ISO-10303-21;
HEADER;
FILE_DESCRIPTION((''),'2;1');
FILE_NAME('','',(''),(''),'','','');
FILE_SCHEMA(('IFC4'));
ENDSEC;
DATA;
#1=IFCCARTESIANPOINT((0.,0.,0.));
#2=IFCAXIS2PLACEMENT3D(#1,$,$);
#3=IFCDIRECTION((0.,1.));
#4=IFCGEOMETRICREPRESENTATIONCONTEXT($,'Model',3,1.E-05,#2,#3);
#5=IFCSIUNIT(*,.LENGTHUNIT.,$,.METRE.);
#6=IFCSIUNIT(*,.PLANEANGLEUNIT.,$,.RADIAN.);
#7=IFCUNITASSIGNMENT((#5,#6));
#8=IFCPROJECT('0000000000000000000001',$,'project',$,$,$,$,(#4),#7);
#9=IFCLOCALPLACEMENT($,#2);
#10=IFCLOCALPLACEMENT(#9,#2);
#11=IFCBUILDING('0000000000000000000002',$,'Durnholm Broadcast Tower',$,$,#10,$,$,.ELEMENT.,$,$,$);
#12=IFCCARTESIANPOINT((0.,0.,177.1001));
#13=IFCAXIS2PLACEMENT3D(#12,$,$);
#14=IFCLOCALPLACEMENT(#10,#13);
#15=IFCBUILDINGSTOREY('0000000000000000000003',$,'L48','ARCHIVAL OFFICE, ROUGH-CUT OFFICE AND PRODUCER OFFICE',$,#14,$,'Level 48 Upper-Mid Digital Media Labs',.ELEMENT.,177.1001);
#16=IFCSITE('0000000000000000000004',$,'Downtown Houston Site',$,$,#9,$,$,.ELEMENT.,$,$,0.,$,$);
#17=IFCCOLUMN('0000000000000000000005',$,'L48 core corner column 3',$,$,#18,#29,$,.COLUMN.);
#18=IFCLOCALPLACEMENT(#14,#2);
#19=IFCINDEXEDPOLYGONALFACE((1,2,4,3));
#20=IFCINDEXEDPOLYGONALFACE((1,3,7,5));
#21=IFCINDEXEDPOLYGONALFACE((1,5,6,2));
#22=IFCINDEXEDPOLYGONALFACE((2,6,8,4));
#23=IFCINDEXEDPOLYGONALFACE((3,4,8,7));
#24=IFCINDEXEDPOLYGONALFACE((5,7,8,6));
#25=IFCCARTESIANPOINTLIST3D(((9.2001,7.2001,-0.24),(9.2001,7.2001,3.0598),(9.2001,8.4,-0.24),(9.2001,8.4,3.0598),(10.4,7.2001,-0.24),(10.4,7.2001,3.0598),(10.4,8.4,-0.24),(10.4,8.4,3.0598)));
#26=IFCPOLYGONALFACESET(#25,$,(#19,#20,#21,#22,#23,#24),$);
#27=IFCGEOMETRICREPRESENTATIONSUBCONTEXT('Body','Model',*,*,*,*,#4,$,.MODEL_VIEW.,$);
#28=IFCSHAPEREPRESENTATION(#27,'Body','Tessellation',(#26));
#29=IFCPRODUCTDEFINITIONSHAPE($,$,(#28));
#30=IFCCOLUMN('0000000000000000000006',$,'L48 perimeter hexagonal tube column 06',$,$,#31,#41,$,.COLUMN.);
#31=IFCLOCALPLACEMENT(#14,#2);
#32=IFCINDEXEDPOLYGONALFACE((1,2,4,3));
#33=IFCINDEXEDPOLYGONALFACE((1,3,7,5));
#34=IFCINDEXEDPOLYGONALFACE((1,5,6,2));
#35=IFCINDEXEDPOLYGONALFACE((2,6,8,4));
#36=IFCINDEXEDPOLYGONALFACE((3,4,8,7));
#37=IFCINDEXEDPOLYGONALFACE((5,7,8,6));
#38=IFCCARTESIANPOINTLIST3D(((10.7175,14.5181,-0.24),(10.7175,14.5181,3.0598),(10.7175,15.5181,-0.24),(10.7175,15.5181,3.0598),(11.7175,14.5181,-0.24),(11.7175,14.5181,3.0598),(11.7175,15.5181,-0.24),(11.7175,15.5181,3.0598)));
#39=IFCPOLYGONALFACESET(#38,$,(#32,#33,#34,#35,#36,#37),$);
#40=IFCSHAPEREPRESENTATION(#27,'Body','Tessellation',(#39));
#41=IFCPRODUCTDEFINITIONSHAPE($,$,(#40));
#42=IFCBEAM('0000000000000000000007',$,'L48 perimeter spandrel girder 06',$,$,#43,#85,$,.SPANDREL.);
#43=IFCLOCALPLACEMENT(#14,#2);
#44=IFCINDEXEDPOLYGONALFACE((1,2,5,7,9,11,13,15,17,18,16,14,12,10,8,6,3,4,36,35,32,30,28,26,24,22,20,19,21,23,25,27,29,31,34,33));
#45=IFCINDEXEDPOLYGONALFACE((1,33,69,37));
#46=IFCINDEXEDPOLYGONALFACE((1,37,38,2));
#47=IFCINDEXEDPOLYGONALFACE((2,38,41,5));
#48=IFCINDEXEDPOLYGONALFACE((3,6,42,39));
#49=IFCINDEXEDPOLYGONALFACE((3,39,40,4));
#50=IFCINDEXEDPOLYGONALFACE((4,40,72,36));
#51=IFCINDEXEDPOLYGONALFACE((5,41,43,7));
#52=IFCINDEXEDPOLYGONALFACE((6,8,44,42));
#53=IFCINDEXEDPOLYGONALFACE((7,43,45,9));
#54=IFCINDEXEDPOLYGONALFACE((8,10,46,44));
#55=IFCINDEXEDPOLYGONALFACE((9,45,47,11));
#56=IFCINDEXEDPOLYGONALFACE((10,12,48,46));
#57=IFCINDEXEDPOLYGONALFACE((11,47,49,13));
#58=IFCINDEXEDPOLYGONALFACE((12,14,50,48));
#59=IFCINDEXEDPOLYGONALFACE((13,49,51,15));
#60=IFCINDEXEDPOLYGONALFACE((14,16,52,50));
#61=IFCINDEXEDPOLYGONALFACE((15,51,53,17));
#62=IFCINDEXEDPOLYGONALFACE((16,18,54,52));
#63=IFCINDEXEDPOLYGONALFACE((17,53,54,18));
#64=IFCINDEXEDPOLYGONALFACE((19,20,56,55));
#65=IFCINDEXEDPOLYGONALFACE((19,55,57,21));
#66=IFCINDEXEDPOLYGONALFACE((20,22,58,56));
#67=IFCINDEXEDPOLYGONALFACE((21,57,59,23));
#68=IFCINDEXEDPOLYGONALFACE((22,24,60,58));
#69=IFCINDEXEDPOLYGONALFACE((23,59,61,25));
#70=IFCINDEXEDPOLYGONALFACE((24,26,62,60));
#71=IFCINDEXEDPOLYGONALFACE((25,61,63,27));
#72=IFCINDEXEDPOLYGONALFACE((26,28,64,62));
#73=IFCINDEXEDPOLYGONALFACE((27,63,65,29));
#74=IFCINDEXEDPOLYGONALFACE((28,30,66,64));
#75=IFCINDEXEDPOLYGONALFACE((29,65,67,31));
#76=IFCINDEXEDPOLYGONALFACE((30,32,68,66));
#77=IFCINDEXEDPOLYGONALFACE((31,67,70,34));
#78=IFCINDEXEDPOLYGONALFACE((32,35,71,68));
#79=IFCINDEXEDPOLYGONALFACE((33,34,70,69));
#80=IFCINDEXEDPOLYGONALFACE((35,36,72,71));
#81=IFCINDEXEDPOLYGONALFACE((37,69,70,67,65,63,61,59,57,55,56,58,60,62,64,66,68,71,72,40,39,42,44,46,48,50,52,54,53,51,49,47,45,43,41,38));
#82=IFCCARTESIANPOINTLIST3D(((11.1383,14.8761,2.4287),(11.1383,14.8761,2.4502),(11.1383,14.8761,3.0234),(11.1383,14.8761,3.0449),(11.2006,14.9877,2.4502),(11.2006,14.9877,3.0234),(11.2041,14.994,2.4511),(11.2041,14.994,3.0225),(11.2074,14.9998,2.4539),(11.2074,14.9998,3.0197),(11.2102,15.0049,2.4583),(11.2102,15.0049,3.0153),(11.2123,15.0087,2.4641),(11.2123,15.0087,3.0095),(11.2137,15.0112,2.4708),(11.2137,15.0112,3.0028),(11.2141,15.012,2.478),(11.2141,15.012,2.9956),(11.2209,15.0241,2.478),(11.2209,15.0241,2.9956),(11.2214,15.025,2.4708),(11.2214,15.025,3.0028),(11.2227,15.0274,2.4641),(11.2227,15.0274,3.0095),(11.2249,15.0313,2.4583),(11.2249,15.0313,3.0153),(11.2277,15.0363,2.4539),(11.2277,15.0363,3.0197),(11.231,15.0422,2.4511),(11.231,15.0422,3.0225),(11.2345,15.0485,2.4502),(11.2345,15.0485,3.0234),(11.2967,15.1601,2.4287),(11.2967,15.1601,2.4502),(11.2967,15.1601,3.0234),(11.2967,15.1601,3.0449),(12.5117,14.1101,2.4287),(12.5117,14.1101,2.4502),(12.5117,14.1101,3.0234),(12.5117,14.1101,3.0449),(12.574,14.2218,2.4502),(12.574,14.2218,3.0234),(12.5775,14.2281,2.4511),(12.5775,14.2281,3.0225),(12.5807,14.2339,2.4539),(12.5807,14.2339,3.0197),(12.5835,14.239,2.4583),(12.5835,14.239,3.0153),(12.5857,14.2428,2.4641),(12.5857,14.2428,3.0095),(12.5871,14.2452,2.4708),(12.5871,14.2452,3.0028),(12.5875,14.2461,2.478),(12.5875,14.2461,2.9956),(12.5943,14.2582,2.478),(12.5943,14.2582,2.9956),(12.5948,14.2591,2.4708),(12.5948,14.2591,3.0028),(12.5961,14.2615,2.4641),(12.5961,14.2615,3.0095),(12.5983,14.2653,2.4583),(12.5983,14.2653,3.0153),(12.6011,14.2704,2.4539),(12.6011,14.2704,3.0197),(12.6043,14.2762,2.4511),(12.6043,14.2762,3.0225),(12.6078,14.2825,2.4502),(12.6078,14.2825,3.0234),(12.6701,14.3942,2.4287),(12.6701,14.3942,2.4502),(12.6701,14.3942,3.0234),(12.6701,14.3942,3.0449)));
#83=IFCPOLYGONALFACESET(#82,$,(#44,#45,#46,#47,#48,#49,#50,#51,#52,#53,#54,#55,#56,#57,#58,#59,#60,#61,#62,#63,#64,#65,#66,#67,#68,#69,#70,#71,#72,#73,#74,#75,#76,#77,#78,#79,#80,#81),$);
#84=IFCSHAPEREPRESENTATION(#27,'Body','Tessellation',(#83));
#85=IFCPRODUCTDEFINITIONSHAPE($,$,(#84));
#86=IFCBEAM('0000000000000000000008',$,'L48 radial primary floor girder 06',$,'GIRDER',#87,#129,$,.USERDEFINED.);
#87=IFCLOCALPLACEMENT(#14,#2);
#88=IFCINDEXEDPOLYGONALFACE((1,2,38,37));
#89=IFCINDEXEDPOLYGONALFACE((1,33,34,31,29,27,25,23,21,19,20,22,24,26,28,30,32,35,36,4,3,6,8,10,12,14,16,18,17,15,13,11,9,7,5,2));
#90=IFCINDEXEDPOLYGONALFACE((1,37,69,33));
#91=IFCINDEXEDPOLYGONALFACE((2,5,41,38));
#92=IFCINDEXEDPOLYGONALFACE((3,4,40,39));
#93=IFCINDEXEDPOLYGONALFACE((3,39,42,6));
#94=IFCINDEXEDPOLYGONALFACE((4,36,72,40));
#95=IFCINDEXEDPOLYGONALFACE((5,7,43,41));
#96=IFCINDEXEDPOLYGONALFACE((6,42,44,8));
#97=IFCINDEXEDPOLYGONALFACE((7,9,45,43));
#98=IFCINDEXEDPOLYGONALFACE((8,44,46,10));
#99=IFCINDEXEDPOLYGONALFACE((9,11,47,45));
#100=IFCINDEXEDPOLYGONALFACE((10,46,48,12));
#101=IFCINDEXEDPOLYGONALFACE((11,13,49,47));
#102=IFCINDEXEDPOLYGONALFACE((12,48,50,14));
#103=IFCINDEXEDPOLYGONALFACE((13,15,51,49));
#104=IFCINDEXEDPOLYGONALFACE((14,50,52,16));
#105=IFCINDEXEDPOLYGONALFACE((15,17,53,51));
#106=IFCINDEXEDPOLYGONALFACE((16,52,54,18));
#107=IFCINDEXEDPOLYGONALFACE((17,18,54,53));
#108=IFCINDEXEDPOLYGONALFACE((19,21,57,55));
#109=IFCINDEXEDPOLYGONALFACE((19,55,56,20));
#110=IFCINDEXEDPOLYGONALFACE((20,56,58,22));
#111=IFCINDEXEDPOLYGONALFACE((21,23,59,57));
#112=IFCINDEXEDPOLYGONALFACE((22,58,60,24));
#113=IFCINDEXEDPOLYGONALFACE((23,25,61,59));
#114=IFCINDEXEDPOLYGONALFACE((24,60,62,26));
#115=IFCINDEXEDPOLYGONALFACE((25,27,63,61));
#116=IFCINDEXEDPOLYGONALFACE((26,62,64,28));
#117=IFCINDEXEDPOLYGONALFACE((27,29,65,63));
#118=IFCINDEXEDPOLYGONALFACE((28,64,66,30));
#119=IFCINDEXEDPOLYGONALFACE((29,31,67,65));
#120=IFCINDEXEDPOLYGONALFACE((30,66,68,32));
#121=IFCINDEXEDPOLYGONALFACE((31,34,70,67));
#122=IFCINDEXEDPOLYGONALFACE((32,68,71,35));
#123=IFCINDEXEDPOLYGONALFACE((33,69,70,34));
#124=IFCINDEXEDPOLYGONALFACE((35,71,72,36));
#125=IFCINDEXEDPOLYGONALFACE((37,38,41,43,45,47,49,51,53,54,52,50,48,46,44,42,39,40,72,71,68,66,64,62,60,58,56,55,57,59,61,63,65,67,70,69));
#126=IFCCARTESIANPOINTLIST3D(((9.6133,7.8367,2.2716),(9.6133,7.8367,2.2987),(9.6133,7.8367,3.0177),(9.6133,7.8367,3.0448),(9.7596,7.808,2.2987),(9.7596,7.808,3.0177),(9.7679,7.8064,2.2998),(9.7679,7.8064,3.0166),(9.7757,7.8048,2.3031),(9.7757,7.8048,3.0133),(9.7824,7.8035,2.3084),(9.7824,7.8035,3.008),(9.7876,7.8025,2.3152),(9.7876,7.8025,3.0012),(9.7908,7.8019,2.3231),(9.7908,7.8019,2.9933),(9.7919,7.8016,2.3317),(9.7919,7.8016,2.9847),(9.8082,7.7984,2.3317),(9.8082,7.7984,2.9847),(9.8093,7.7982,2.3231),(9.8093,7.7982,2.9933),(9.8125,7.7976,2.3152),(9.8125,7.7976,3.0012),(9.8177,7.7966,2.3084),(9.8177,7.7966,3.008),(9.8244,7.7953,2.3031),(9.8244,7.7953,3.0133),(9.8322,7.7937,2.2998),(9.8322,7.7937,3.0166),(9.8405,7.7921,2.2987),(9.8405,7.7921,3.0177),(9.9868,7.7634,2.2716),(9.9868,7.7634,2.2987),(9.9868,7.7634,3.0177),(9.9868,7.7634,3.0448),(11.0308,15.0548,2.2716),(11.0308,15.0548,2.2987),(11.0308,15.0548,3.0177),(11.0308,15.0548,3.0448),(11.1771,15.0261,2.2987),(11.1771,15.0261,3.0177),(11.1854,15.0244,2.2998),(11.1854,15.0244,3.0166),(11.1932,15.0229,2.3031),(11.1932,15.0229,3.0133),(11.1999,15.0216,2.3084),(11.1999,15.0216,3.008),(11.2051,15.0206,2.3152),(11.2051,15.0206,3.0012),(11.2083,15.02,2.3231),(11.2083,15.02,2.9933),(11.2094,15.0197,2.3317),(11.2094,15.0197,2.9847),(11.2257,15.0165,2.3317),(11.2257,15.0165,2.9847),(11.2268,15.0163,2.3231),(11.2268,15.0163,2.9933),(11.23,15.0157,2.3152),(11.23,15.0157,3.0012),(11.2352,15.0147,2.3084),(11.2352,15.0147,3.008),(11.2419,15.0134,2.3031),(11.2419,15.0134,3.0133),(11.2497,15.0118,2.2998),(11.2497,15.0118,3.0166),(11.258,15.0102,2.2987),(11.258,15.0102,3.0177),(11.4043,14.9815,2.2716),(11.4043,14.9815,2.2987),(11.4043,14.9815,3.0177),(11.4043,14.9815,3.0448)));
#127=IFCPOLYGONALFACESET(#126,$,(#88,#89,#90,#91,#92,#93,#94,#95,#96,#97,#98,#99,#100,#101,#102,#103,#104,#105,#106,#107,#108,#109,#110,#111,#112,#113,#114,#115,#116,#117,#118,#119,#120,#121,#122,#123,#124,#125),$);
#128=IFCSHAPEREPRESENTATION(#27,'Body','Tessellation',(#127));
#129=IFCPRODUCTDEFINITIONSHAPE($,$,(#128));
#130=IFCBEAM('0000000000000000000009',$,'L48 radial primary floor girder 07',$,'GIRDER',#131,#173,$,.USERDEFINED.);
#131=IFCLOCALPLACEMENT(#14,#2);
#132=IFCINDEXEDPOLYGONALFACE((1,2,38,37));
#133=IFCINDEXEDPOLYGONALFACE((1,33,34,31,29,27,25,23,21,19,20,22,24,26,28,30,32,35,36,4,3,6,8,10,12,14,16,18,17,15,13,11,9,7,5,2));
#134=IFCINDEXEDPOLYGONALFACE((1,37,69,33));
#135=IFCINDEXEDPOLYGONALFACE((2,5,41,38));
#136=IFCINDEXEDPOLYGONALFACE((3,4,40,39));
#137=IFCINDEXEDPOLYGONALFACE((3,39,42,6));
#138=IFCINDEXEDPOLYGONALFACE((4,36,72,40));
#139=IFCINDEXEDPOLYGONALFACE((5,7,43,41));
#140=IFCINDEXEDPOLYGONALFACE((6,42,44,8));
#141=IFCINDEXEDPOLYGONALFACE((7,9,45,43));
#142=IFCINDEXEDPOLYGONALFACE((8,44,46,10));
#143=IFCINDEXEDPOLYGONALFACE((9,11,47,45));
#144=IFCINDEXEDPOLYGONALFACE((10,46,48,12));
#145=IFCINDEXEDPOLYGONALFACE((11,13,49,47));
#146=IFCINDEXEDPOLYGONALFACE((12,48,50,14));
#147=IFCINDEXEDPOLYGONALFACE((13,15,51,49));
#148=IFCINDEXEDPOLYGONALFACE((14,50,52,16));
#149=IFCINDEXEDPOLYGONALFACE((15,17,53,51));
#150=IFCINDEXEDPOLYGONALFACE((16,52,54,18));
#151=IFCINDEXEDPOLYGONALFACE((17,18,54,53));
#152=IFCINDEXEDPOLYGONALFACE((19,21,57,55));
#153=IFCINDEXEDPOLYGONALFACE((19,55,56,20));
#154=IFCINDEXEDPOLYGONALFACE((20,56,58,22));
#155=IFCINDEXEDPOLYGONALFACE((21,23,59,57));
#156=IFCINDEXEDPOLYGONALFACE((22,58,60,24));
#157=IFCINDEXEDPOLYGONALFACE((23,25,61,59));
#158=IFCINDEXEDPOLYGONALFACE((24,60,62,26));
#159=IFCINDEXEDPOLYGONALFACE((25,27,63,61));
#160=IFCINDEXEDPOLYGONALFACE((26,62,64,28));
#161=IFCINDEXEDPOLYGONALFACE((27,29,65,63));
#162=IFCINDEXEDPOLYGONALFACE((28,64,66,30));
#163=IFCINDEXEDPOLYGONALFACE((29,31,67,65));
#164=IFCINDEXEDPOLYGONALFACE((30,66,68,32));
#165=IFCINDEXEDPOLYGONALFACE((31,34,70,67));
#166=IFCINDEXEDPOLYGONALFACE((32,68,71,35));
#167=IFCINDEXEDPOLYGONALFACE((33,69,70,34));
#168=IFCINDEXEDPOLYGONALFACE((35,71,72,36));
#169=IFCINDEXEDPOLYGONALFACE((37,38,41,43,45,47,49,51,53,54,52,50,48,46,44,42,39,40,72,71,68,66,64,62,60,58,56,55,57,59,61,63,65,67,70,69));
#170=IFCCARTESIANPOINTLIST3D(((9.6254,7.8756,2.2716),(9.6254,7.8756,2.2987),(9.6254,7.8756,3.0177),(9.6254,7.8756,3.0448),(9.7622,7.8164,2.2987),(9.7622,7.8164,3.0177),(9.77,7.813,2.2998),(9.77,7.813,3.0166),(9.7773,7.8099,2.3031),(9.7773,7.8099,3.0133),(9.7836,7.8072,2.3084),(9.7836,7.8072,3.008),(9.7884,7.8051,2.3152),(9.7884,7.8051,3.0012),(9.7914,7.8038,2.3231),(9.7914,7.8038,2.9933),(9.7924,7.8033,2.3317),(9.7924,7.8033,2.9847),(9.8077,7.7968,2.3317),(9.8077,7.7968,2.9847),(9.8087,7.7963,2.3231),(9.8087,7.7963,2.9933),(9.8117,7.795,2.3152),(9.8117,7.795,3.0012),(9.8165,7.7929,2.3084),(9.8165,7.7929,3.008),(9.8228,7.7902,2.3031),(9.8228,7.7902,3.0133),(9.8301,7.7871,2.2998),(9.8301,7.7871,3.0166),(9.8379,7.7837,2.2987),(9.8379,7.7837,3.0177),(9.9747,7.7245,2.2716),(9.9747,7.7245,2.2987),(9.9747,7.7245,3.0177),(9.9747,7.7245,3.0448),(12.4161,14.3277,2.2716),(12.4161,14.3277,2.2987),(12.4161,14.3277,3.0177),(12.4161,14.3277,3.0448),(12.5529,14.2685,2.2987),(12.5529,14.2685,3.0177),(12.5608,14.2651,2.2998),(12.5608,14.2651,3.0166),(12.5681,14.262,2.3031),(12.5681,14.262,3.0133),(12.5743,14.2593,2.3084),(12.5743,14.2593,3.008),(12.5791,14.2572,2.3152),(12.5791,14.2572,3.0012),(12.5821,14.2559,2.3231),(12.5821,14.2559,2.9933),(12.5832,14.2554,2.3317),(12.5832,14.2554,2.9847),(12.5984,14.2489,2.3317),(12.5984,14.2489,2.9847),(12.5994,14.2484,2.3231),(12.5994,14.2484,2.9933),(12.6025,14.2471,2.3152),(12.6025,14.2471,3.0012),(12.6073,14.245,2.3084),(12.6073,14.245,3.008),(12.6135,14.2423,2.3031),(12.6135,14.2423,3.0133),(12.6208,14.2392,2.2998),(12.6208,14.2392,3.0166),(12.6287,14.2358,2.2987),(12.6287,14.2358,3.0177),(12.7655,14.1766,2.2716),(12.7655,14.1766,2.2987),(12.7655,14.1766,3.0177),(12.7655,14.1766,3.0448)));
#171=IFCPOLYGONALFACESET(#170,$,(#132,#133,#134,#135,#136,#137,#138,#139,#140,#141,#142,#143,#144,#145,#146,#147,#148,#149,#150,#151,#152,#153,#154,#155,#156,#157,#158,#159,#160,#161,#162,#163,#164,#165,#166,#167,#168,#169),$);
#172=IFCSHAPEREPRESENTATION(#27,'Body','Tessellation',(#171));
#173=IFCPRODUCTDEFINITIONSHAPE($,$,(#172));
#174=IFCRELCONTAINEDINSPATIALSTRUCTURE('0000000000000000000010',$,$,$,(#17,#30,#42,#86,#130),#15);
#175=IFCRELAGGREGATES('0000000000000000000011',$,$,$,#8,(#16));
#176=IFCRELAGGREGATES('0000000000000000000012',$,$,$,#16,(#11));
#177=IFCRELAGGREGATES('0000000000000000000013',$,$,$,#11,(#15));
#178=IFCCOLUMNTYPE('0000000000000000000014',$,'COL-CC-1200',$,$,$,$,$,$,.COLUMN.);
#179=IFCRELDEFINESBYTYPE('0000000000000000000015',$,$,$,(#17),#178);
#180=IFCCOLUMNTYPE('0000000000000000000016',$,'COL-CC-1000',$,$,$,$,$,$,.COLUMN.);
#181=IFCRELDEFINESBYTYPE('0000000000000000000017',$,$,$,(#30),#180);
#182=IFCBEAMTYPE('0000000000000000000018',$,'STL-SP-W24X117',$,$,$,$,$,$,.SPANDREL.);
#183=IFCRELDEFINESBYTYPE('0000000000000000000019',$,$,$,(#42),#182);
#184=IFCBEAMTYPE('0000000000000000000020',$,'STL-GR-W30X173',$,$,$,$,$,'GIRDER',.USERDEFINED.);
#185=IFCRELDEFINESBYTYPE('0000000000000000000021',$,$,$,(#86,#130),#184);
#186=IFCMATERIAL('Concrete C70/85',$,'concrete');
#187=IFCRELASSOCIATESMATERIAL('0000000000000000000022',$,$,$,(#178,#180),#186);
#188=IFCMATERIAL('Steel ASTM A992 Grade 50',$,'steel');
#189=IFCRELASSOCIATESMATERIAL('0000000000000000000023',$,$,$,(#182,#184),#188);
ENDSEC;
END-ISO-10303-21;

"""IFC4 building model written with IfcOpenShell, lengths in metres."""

from ifc_helpers import new_model, si_unit, direction, frame, origin, origin_2d, place, context, subcontext, project, spatial, rectangle, i_section, extrude, source, transform, mapped, material, material_profile, profile_set, type_object, type_shapes, element, save


model = new_model("IFC4")

# Units and contexts
model_context = context("Model", 3, precision=1e-05, world=origin(), true_north=direction((0.0, 1.0)))
body_context = subcontext(model_context, "Body", "Model", "MODEL_VIEW")
ifc_project = project(units=[si_unit("LENGTHUNIT", "METRE"), si_unit("PLANEANGLEUNIT", "RADIAN")], contexts=[model_context])

# Site, building, storey
site_placement = place(None, origin())
site = spatial("IfcSite", under=ifc_project, at=site_placement, Name="Downtown Houston Site", CompositionType="ELEMENT", RefElevation=0.0)
building_placement = place(site_placement, origin())
building = spatial("IfcBuilding", under=site, at=building_placement, Name="Durnholm Broadcast Tower", CompositionType="ELEMENT")
storey_placement = place(building_placement, frame((0.0, 0.0, 177.1001)))
storey = spatial("IfcBuildingStorey", under=building, at=storey_placement, Name="L48", Description="ARCHIVAL OFFICE, ROUGH-CUT OFFICE AND PRODUCER OFFICE", LongName="Level 48 Upper-Mid Digital Media Labs", CompositionType="ELEMENT", Elevation=177.1001)

# Columns
ifc_material_1 = material(Name="Concrete C70/85", Category="concrete")
ifc_material_profile_1 = material_profile(ifc_material_1, rectangle(XDim=1.2, YDim=1.2, at=origin_2d()), Name="RC1200X1200")
ifc_profile_set_1 = profile_set([ifc_material_profile_1], Name="Concrete C70/85")
column_type_1 = type_object("IfcColumnType", Name="COL-CC-1200", PredefinedType="COLUMN", material=ifc_profile_set_1)
shared_shape_1 = source(origin(), body_context, "Body", "SweptSolid", [
    extrude(rectangle(XDim=1.2, YDim=1.2, at=origin_2d()), origin(), (0.0, 0.0, 1.0), 3.2998),
])
type_shapes(column_type_1, [shared_shape_1])
column_1_placement = place(storey_placement, frame((9.8, 7.8, -0.24), z_axis=(0.0, 0.0, 1.0), x_axis=(1.0, 0.0, 0.0)))
element("IfcColumn", 1, at=column_1_placement, inside=storey, type_object=column_type_1, Name="L48 core corner column 3", PredefinedType="COLUMN", context=body_context, shape_type="MappedRepresentation", body=[
    mapped(shared_shape_1, transform((0.0, 0.0, 0.0), x_axis=(1.0, 0.0, 0.0), y_axis=(0.0, 1.0, 0.0), z_axis=(0.0, 0.0, 1.0), scale=1.0)),
])
ifc_material_profile_2 = material_profile(ifc_material_1, rectangle(XDim=1.0, YDim=1.0, at=origin_2d()), Name="RC1000X1000")
ifc_profile_set_2 = profile_set([ifc_material_profile_2], Name="Concrete C70/85")
column_type_2 = type_object("IfcColumnType", Name="COL-CC-1000", PredefinedType="COLUMN", material=ifc_profile_set_2)
shared_shape_2 = source(origin(), body_context, "Body", "SweptSolid", [
    extrude(rectangle(XDim=1.0, YDim=1.0, at=origin_2d()), origin(), (0.0, 0.0, 1.0), 3.2998),
])
type_shapes(column_type_2, [shared_shape_2])
column_2_placement = place(storey_placement, frame((11.2175, 15.0181, -0.24), z_axis=(0.0, 0.0, 1.0), x_axis=(1.0, 0.0, 0.0)))
element("IfcColumn", 2, at=column_2_placement, inside=storey, type_object=column_type_2, Name="L48 perimeter hexagonal tube column 06", PredefinedType="COLUMN", context=body_context, shape_type="MappedRepresentation", body=[
    mapped(shared_shape_2, transform((0.0, 0.0, 0.0), x_axis=(1.0, 0.0, 0.0), y_axis=(0.0, 1.0, 0.0), z_axis=(0.0, 0.0, 1.0), scale=1.0)),
])

# Beams
ifc_material_2 = material(Name="Steel ASTM A992 Grade 50", Category="steel")
ifc_material_profile_3 = material_profile(ifc_material_2, i_section(OverallWidth=0.3252, OverallDepth=0.6162, WebThickness=0.0139, FlangeThickness=0.0215, FilletRadius=0.0278, at=origin_2d()), Name="W24X117")
ifc_profile_set_3 = profile_set([ifc_material_profile_3], Name="Steel ASTM A992 Grade 50")
beam_type_1 = type_object("IfcBeamType", Name="STL-SP-W24X117", PredefinedType="SPANDREL", material=ifc_profile_set_3)
shared_shape_3 = source(origin(), body_context, "Body", "SweptSolid", [
    extrude(i_section(OverallWidth=0.3252, OverallDepth=0.6162, WebThickness=0.0139, FlangeThickness=0.0215, FilletRadius=0.0278, at=origin_2d()), origin(), (0.0, 0.0, 1.0), 1.5725),
])
type_shapes(beam_type_1, [shared_shape_3])
beam_1_placement = place(storey_placement, frame((11.2175, 15.0181, 2.7368), z_axis=(0.873365, -0.487066, 0.0), x_axis=(0.487066, 0.873365, 0.0)))
element("IfcBeam", 3, at=beam_1_placement, inside=storey, type_object=beam_type_1, Name="L48 perimeter spandrel girder 06", PredefinedType="SPANDREL", context=body_context, shape_type="MappedRepresentation", body=[
    mapped(shared_shape_3, transform((0.0, 0.0, 0.0), x_axis=(1.0, 0.0, 0.0), y_axis=(0.0, 1.0, 0.0), z_axis=(0.0, 0.0, 1.0), scale=1.0)),
])
ifc_material_profile_4 = material_profile(ifc_material_2, i_section(OverallWidth=0.3806, OverallDepth=0.7732, WebThickness=0.0166, FlangeThickness=0.0271, FilletRadius=0.033, at=origin_2d()), Name="W30X173")
ifc_profile_set_4 = profile_set([ifc_material_profile_4], Name="Steel ASTM A992 Grade 50")
beam_type_2 = type_object("IfcBeamType", Name="STL-GR-W30X173", ElementType="GIRDER", PredefinedType="USERDEFINED", material=ifc_profile_set_4)
shared_shape_4 = source(origin(), body_context, "Body", "SweptSolid", [
    extrude(i_section(OverallWidth=0.3806, OverallDepth=0.7732, WebThickness=0.0166, FlangeThickness=0.0271, FilletRadius=0.033, at=origin_2d()), origin(), (0.0, 0.0, 1.0), 7.356),
])
beam_2_placement = place(storey_placement, frame((9.8, 7.8, 2.6582), z_axis=(0.1927, 0.981258, 0.0), x_axis=(-0.981258, 0.1927, 0.0)))
element("IfcBeam", 4, at=beam_2_placement, inside=storey, type_object=beam_type_2, Name="L48 radial primary floor girder 06", ObjectType="GIRDER", PredefinedType="USERDEFINED", context=body_context, shape_type="MappedRepresentation", body=[
    mapped(shared_shape_4, transform((0.0, 0.0, 0.0), x_axis=(1.0, 0.0, 0.0), y_axis=(0.0, 1.0, 0.0), z_axis=(0.0, 0.0, 1.0), scale=1.0)),
])
shared_shape_5 = source(origin(), body_context, "Body", "SweptSolid", [
    extrude(i_section(OverallWidth=0.3806, OverallDepth=0.7732, WebThickness=0.0166, FlangeThickness=0.0271, FilletRadius=0.033, at=origin_2d()), origin(), (0.0, 0.0, 1.0), 7.0298),
])
type_shapes(beam_type_2, [shared_shape_4, shared_shape_5])
beam_3_placement = place(storey_placement, frame((9.8, 7.8, 2.6582), z_axis=(0.396989, 0.917823, 0.0), x_axis=(-0.917823, 0.396989, 0.0)))
element("IfcBeam", 5, at=beam_3_placement, inside=storey, type_object=beam_type_2, Name="L48 radial primary floor girder 07", ObjectType="GIRDER", PredefinedType="USERDEFINED", context=body_context, shape_type="MappedRepresentation", body=[
    mapped(shared_shape_5, transform((0.0, 0.0, 0.0), x_axis=(1.0, 0.0, 0.0), y_axis=(0.0, 1.0, 0.0), z_axis=(0.0, 0.0, 1.0), scale=1.0)),
])

save(model, "model.ifc")
